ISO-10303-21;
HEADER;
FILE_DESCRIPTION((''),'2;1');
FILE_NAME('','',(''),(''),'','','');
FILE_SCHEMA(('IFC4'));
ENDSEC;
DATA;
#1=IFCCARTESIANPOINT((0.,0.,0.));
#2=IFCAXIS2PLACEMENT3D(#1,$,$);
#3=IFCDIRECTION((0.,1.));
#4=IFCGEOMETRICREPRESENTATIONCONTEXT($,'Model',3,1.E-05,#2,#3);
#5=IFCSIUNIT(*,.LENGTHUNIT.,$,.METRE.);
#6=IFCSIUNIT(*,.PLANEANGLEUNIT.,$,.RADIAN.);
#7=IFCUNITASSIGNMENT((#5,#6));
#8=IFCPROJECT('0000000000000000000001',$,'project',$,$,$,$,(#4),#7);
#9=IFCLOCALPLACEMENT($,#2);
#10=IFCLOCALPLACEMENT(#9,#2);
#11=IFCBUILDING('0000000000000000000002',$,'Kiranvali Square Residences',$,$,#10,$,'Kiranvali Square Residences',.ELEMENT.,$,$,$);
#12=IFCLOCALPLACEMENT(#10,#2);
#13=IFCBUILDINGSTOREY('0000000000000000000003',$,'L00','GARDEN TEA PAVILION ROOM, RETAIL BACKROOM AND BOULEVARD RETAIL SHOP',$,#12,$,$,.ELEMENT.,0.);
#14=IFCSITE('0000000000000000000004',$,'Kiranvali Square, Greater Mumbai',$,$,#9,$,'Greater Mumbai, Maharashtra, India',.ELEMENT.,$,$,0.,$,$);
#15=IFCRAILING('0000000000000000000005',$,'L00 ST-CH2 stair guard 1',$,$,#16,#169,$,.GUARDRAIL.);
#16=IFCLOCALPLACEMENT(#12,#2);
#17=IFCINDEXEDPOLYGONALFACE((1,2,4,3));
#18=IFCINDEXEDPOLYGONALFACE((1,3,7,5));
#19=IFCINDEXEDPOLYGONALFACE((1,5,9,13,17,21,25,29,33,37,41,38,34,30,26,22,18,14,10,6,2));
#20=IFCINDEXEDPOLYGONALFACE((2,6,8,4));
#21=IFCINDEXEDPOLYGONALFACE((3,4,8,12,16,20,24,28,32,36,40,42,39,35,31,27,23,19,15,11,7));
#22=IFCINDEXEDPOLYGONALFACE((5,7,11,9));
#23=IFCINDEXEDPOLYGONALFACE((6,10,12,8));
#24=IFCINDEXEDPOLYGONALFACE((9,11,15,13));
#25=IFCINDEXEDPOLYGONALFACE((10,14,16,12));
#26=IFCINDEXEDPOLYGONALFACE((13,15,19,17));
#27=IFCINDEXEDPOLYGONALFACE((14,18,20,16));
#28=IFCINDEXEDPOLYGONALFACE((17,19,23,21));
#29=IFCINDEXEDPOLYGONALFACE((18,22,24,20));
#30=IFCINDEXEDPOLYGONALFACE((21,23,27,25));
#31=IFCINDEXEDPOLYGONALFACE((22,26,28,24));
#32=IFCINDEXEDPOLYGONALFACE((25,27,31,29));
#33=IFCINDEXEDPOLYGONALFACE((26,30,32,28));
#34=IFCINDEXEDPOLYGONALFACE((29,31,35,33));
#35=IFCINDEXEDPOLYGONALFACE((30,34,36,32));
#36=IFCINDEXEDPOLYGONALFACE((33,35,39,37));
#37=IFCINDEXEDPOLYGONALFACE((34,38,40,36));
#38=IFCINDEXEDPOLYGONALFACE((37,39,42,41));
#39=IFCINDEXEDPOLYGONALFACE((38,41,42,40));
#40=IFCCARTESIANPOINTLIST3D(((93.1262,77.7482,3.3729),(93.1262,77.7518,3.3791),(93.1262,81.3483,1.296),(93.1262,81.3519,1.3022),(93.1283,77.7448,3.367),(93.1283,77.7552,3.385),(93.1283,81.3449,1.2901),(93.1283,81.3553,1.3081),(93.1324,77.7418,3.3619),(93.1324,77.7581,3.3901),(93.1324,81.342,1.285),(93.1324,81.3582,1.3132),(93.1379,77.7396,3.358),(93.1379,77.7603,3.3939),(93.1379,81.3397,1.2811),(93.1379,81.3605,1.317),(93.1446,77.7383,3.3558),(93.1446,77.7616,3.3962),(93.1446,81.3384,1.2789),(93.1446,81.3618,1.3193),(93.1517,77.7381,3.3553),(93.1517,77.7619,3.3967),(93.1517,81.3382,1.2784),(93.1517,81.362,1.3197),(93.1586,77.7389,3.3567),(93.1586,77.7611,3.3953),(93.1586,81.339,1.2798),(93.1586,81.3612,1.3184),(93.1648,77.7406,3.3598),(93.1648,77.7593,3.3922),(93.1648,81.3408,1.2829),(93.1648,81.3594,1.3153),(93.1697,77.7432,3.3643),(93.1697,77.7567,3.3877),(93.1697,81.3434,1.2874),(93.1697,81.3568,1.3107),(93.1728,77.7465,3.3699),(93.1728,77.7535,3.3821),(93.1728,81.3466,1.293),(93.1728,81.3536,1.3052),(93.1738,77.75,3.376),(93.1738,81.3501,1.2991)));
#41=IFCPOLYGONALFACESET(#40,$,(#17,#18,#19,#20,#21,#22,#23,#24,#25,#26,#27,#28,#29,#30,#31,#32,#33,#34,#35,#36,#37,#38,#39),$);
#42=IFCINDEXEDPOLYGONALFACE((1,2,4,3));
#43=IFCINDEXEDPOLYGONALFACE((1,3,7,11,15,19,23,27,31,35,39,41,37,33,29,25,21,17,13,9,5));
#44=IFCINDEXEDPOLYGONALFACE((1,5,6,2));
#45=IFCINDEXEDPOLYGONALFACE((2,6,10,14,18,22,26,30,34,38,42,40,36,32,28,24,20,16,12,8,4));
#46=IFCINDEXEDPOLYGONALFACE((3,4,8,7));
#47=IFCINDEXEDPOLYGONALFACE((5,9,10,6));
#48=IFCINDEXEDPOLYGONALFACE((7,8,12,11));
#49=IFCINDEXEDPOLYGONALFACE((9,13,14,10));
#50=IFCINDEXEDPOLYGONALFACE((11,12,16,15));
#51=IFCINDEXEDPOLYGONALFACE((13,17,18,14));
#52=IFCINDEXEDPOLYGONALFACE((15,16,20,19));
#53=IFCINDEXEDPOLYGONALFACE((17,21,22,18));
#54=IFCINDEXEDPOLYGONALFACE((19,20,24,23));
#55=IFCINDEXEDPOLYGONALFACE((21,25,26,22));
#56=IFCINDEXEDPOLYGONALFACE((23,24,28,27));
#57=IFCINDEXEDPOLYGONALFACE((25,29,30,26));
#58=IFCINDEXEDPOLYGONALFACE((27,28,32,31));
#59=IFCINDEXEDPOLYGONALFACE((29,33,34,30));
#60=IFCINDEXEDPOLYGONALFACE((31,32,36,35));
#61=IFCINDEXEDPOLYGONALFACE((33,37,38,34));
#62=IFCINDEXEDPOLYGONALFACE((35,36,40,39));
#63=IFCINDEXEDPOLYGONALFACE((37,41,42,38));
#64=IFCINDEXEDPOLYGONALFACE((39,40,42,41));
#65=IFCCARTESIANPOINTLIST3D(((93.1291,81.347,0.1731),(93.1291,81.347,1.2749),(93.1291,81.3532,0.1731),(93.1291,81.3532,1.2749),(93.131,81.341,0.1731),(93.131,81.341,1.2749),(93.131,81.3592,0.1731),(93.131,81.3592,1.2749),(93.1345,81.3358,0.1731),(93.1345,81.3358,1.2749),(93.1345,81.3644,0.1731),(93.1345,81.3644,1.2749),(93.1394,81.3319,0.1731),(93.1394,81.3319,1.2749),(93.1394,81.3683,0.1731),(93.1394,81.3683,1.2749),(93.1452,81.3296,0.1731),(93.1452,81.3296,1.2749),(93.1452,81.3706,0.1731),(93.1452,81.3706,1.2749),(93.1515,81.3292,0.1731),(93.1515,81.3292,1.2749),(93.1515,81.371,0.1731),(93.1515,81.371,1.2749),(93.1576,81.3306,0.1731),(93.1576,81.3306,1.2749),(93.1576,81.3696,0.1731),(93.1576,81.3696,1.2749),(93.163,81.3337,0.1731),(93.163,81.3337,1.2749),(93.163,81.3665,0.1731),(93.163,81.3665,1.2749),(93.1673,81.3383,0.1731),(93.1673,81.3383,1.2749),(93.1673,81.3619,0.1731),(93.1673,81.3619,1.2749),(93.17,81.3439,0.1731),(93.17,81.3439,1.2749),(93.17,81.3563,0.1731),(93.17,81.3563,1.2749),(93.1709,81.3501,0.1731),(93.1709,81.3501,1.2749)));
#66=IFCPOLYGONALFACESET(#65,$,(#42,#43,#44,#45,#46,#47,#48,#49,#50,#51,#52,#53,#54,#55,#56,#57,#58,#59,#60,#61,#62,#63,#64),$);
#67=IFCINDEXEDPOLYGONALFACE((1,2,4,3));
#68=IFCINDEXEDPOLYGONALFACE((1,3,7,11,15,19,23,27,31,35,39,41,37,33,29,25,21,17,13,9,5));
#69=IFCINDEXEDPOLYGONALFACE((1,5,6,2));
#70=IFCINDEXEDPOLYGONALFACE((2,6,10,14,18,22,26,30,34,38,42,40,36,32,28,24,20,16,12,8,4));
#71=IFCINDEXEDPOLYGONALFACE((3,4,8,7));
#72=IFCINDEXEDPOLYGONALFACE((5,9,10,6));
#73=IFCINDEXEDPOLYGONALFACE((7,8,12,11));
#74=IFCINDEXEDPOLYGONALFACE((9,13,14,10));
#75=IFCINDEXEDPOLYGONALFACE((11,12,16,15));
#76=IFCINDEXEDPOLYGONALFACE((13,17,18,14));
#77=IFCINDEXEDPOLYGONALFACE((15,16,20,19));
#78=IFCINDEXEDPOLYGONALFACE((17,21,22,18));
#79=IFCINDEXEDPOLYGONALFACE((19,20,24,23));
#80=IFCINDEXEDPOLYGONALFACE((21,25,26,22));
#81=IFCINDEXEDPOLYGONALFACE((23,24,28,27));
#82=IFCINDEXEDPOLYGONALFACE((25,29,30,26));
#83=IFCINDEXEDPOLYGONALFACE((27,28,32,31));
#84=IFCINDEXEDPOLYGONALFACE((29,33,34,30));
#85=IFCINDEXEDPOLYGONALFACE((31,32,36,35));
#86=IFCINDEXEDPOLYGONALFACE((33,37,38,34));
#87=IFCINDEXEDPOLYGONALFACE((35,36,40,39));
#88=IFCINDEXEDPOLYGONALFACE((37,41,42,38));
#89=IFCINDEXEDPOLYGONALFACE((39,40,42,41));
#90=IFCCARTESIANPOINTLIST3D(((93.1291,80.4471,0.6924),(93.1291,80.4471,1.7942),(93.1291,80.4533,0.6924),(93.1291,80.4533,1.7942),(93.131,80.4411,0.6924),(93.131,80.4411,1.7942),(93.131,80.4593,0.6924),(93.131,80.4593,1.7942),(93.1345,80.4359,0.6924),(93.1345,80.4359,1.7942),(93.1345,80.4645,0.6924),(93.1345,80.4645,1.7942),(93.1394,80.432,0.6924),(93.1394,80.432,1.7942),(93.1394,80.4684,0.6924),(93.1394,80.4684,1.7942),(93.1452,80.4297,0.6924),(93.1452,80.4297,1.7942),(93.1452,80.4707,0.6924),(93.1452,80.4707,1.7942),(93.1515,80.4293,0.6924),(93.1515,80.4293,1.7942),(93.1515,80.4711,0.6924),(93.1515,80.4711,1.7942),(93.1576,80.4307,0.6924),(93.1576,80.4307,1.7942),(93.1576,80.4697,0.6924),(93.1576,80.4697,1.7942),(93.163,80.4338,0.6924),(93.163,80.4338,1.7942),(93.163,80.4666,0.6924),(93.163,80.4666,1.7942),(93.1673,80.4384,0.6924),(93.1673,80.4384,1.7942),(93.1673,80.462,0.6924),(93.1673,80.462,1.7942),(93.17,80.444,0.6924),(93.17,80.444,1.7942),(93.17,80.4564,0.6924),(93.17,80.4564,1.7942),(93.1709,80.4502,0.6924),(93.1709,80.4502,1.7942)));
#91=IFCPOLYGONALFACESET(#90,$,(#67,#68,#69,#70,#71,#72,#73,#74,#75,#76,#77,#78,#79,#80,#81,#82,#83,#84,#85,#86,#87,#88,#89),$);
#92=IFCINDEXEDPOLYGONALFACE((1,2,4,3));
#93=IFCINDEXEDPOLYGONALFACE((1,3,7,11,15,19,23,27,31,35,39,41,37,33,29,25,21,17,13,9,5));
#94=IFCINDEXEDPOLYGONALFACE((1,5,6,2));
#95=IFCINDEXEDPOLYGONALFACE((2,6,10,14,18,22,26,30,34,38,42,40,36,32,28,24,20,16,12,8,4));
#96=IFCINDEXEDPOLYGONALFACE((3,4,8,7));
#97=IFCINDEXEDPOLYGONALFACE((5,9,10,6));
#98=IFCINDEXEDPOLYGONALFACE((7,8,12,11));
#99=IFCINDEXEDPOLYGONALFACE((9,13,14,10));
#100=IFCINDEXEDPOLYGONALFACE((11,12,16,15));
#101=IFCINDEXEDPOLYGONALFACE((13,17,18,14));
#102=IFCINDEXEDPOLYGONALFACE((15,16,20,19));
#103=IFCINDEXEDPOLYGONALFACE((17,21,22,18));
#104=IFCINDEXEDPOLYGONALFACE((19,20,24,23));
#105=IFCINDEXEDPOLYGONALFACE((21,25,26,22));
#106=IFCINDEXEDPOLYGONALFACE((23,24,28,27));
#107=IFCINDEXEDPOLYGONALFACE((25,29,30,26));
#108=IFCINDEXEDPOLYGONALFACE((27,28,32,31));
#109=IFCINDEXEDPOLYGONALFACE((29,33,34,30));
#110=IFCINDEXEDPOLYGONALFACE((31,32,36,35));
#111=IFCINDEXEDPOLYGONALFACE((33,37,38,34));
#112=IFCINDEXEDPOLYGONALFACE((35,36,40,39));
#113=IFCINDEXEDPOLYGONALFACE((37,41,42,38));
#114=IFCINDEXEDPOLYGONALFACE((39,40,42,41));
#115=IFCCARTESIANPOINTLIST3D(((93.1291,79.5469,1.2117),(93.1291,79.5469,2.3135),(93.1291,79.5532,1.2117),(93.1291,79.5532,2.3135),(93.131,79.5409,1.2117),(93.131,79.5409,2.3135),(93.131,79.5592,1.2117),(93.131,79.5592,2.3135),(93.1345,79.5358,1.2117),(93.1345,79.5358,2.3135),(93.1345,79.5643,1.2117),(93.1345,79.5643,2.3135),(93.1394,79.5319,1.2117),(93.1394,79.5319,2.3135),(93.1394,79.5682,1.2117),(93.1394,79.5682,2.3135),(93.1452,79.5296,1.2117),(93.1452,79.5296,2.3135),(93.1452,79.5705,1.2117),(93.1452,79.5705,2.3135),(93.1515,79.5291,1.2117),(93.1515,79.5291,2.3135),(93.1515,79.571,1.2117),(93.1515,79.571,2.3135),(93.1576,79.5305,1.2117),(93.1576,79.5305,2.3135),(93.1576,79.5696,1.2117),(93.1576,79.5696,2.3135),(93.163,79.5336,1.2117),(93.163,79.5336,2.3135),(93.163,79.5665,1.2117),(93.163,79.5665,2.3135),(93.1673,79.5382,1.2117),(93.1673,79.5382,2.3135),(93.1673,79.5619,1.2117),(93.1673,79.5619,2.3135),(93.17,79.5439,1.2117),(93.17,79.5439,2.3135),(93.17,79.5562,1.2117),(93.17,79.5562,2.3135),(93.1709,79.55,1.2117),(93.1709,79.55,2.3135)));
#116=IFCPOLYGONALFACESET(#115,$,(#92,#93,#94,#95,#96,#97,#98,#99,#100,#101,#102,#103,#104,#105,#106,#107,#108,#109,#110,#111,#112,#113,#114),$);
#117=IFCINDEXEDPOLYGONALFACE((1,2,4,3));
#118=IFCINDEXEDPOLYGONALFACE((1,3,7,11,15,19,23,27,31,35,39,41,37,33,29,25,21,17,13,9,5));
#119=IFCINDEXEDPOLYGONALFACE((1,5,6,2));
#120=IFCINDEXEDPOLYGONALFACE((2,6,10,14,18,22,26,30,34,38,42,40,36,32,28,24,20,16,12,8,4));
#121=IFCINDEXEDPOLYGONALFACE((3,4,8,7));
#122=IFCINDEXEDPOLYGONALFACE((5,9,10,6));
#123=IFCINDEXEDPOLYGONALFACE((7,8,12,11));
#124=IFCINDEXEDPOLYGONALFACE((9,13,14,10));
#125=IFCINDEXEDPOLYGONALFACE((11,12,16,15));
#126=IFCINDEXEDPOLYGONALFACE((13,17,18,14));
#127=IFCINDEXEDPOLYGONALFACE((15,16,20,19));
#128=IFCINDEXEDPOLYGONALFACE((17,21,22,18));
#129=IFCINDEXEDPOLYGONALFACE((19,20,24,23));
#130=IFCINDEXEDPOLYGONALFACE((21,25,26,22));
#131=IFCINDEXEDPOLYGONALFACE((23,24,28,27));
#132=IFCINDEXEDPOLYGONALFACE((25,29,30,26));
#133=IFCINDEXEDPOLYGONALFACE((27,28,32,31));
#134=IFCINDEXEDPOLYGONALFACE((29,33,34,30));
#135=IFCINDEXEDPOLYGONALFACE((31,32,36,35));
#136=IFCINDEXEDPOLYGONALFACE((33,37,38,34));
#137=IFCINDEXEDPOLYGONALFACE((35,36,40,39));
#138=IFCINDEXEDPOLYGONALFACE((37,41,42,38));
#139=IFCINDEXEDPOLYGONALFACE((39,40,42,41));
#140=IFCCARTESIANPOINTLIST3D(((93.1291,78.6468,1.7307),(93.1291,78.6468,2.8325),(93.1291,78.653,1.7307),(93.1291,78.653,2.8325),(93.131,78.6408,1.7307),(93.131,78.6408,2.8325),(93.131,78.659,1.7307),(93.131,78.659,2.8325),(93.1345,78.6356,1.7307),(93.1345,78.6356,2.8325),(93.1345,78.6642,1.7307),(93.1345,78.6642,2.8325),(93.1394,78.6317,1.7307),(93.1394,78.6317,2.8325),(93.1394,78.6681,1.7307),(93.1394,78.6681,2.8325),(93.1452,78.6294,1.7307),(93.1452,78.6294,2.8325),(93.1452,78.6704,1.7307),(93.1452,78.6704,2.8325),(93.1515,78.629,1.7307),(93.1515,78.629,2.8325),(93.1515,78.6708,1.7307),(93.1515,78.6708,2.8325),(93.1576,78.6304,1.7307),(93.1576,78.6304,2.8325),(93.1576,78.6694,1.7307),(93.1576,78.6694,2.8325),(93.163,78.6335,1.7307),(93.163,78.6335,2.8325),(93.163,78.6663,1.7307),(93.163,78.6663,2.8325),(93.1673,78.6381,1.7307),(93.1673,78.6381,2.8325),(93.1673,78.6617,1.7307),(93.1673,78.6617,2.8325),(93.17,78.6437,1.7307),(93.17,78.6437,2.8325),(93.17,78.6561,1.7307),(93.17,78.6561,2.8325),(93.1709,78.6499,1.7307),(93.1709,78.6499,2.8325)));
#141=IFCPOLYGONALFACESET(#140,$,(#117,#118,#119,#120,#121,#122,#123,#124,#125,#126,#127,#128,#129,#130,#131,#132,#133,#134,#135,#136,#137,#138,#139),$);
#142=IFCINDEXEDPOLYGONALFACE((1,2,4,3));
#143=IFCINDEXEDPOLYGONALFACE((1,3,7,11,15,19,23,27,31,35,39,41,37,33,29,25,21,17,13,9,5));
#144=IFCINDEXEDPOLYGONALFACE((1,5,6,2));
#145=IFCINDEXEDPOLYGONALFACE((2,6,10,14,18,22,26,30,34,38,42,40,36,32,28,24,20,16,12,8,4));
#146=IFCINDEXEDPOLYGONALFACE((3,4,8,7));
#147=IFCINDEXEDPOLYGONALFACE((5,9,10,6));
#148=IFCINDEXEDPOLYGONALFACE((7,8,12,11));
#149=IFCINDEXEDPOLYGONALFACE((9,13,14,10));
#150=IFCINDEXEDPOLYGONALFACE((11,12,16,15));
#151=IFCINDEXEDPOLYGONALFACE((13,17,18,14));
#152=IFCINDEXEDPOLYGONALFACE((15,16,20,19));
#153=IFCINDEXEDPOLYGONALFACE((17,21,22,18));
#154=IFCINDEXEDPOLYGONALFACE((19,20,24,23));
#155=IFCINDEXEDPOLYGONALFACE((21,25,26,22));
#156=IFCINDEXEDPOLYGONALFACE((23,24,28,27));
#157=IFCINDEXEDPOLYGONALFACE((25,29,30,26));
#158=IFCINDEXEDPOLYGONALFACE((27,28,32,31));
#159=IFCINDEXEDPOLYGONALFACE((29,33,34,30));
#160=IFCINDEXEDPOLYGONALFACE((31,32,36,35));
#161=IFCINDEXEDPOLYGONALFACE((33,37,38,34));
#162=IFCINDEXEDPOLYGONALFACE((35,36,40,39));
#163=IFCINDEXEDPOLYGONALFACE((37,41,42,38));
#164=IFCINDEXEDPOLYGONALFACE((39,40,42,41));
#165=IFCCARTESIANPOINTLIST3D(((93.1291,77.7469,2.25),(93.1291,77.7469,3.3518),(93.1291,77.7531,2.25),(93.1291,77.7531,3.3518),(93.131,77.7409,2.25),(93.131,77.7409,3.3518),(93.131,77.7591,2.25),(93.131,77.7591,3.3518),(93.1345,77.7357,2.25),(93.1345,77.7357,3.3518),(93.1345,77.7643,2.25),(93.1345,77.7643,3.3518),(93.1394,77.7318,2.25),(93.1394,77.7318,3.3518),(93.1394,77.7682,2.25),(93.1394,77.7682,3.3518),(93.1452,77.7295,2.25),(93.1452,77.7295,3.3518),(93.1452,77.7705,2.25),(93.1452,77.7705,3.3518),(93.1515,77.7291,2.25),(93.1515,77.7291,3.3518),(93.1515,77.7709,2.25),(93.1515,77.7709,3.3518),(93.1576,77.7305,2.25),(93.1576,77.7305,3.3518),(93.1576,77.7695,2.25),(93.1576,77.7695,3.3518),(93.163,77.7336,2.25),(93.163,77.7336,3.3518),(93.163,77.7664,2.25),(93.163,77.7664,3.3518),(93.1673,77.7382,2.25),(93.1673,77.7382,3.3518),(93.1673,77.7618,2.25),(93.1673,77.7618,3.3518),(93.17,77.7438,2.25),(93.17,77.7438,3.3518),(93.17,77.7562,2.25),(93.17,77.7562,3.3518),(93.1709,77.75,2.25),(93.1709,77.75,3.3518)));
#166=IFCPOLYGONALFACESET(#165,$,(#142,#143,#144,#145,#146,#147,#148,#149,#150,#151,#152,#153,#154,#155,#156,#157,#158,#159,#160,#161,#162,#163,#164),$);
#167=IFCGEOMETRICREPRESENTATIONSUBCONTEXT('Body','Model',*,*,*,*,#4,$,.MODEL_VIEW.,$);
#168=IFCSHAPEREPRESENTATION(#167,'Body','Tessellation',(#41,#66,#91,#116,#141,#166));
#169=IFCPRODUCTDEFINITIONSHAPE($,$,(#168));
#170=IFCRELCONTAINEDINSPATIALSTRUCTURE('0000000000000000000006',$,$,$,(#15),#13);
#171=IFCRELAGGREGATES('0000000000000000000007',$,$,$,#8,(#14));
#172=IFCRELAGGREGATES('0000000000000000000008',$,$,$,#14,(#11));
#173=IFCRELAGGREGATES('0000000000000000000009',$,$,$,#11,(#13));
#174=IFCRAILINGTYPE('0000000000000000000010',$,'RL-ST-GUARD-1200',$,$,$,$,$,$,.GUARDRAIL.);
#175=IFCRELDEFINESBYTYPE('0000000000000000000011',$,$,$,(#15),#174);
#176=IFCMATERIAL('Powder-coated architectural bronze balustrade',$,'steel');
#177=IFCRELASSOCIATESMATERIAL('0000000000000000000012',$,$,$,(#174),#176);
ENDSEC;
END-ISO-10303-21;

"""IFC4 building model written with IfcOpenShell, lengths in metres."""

from ifc_helpers import new_model, si_unit, direction, frame, origin, origin_2d, place, context, subcontext, project, spatial, circle, extrude, material, type_object, element, save


model = new_model("IFC4")

# Units and contexts
model_context = context("Model", 3, precision=1e-05, world=origin(), true_north=direction((0.0, 1.0)))
body_context = subcontext(model_context, "Body", "Model", "MODEL_VIEW")
ifc_project = project(units=[si_unit("LENGTHUNIT", "METRE"), si_unit("PLANEANGLEUNIT", "RADIAN")], contexts=[model_context])

# Site, building, storey
site_placement = place(None, origin())
site = spatial("IfcSite", under=ifc_project, at=site_placement, Name="Kiranvali Square, Greater Mumbai", LongName="Greater Mumbai, Maharashtra, India", CompositionType="ELEMENT", RefElevation=0.0)
building_placement = place(site_placement, origin())
building = spatial("IfcBuilding", under=site, at=building_placement, Name="Kiranvali Square Residences", LongName="Kiranvali Square Residences", CompositionType="ELEMENT")
storey_placement = place(building_placement, origin())
storey = spatial("IfcBuildingStorey", under=building, at=storey_placement, Name="L00", Description="GARDEN TEA PAVILION ROOM, RETAIL BACKROOM AND BOULEVARD RETAIL SHOP", CompositionType="ELEMENT", Elevation=0.0)

# Railing
ifc_material_1 = material(Name="Powder-coated architectural bronze balustrade", Category="steel")
railing_type_1 = type_object("IfcRailingType", Name="RL-ST-GUARD-1200", PredefinedType="GUARDRAIL", material=ifc_material_1)
railing_1_placement = place(storey_placement, frame((93.1499, 81.3501, 0.1731)))
element("IfcRailing", 1, at=railing_1_placement, inside=storey, type_object=railing_type_1, Name="L00 ST-CH2 stair guard 1", PredefinedType="GUARDRAIL", context=body_context, shape_type="SweptSolid", body=[
    extrude(circle(Radius=0.0239, at=origin_2d()), frame((0.0, 0.0, 1.126), z_axis=(0.0, -0.866193, 0.499709), x_axis=(1.0, 0.0, 0.0)), (0.0, 0.0, 1.0), 4.1562),
    extrude(circle(Radius=0.021, at=origin_2d()), origin(), (0.0, 0.0, 1.0), 1.1018),
    extrude(circle(Radius=0.021, at=origin_2d()), frame((0.0, -0.8999, 0.5193)), (0.0, 0.0, 1.0), 1.1018),
    extrude(circle(Radius=0.021, at=origin_2d()), frame((0.0, -1.8, 1.0386)), (0.0, 0.0, 1.0), 1.1018),
    extrude(circle(Radius=0.021, at=origin_2d()), frame((0.0, -2.7002, 1.5576)), (0.0, 0.0, 1.0), 1.1018),
    extrude(circle(Radius=0.021, at=origin_2d()), frame((0.0, -3.6001, 2.0769)), (0.0, 0.0, 1.0), 1.1018),
])

save(model, "model.ifc")
